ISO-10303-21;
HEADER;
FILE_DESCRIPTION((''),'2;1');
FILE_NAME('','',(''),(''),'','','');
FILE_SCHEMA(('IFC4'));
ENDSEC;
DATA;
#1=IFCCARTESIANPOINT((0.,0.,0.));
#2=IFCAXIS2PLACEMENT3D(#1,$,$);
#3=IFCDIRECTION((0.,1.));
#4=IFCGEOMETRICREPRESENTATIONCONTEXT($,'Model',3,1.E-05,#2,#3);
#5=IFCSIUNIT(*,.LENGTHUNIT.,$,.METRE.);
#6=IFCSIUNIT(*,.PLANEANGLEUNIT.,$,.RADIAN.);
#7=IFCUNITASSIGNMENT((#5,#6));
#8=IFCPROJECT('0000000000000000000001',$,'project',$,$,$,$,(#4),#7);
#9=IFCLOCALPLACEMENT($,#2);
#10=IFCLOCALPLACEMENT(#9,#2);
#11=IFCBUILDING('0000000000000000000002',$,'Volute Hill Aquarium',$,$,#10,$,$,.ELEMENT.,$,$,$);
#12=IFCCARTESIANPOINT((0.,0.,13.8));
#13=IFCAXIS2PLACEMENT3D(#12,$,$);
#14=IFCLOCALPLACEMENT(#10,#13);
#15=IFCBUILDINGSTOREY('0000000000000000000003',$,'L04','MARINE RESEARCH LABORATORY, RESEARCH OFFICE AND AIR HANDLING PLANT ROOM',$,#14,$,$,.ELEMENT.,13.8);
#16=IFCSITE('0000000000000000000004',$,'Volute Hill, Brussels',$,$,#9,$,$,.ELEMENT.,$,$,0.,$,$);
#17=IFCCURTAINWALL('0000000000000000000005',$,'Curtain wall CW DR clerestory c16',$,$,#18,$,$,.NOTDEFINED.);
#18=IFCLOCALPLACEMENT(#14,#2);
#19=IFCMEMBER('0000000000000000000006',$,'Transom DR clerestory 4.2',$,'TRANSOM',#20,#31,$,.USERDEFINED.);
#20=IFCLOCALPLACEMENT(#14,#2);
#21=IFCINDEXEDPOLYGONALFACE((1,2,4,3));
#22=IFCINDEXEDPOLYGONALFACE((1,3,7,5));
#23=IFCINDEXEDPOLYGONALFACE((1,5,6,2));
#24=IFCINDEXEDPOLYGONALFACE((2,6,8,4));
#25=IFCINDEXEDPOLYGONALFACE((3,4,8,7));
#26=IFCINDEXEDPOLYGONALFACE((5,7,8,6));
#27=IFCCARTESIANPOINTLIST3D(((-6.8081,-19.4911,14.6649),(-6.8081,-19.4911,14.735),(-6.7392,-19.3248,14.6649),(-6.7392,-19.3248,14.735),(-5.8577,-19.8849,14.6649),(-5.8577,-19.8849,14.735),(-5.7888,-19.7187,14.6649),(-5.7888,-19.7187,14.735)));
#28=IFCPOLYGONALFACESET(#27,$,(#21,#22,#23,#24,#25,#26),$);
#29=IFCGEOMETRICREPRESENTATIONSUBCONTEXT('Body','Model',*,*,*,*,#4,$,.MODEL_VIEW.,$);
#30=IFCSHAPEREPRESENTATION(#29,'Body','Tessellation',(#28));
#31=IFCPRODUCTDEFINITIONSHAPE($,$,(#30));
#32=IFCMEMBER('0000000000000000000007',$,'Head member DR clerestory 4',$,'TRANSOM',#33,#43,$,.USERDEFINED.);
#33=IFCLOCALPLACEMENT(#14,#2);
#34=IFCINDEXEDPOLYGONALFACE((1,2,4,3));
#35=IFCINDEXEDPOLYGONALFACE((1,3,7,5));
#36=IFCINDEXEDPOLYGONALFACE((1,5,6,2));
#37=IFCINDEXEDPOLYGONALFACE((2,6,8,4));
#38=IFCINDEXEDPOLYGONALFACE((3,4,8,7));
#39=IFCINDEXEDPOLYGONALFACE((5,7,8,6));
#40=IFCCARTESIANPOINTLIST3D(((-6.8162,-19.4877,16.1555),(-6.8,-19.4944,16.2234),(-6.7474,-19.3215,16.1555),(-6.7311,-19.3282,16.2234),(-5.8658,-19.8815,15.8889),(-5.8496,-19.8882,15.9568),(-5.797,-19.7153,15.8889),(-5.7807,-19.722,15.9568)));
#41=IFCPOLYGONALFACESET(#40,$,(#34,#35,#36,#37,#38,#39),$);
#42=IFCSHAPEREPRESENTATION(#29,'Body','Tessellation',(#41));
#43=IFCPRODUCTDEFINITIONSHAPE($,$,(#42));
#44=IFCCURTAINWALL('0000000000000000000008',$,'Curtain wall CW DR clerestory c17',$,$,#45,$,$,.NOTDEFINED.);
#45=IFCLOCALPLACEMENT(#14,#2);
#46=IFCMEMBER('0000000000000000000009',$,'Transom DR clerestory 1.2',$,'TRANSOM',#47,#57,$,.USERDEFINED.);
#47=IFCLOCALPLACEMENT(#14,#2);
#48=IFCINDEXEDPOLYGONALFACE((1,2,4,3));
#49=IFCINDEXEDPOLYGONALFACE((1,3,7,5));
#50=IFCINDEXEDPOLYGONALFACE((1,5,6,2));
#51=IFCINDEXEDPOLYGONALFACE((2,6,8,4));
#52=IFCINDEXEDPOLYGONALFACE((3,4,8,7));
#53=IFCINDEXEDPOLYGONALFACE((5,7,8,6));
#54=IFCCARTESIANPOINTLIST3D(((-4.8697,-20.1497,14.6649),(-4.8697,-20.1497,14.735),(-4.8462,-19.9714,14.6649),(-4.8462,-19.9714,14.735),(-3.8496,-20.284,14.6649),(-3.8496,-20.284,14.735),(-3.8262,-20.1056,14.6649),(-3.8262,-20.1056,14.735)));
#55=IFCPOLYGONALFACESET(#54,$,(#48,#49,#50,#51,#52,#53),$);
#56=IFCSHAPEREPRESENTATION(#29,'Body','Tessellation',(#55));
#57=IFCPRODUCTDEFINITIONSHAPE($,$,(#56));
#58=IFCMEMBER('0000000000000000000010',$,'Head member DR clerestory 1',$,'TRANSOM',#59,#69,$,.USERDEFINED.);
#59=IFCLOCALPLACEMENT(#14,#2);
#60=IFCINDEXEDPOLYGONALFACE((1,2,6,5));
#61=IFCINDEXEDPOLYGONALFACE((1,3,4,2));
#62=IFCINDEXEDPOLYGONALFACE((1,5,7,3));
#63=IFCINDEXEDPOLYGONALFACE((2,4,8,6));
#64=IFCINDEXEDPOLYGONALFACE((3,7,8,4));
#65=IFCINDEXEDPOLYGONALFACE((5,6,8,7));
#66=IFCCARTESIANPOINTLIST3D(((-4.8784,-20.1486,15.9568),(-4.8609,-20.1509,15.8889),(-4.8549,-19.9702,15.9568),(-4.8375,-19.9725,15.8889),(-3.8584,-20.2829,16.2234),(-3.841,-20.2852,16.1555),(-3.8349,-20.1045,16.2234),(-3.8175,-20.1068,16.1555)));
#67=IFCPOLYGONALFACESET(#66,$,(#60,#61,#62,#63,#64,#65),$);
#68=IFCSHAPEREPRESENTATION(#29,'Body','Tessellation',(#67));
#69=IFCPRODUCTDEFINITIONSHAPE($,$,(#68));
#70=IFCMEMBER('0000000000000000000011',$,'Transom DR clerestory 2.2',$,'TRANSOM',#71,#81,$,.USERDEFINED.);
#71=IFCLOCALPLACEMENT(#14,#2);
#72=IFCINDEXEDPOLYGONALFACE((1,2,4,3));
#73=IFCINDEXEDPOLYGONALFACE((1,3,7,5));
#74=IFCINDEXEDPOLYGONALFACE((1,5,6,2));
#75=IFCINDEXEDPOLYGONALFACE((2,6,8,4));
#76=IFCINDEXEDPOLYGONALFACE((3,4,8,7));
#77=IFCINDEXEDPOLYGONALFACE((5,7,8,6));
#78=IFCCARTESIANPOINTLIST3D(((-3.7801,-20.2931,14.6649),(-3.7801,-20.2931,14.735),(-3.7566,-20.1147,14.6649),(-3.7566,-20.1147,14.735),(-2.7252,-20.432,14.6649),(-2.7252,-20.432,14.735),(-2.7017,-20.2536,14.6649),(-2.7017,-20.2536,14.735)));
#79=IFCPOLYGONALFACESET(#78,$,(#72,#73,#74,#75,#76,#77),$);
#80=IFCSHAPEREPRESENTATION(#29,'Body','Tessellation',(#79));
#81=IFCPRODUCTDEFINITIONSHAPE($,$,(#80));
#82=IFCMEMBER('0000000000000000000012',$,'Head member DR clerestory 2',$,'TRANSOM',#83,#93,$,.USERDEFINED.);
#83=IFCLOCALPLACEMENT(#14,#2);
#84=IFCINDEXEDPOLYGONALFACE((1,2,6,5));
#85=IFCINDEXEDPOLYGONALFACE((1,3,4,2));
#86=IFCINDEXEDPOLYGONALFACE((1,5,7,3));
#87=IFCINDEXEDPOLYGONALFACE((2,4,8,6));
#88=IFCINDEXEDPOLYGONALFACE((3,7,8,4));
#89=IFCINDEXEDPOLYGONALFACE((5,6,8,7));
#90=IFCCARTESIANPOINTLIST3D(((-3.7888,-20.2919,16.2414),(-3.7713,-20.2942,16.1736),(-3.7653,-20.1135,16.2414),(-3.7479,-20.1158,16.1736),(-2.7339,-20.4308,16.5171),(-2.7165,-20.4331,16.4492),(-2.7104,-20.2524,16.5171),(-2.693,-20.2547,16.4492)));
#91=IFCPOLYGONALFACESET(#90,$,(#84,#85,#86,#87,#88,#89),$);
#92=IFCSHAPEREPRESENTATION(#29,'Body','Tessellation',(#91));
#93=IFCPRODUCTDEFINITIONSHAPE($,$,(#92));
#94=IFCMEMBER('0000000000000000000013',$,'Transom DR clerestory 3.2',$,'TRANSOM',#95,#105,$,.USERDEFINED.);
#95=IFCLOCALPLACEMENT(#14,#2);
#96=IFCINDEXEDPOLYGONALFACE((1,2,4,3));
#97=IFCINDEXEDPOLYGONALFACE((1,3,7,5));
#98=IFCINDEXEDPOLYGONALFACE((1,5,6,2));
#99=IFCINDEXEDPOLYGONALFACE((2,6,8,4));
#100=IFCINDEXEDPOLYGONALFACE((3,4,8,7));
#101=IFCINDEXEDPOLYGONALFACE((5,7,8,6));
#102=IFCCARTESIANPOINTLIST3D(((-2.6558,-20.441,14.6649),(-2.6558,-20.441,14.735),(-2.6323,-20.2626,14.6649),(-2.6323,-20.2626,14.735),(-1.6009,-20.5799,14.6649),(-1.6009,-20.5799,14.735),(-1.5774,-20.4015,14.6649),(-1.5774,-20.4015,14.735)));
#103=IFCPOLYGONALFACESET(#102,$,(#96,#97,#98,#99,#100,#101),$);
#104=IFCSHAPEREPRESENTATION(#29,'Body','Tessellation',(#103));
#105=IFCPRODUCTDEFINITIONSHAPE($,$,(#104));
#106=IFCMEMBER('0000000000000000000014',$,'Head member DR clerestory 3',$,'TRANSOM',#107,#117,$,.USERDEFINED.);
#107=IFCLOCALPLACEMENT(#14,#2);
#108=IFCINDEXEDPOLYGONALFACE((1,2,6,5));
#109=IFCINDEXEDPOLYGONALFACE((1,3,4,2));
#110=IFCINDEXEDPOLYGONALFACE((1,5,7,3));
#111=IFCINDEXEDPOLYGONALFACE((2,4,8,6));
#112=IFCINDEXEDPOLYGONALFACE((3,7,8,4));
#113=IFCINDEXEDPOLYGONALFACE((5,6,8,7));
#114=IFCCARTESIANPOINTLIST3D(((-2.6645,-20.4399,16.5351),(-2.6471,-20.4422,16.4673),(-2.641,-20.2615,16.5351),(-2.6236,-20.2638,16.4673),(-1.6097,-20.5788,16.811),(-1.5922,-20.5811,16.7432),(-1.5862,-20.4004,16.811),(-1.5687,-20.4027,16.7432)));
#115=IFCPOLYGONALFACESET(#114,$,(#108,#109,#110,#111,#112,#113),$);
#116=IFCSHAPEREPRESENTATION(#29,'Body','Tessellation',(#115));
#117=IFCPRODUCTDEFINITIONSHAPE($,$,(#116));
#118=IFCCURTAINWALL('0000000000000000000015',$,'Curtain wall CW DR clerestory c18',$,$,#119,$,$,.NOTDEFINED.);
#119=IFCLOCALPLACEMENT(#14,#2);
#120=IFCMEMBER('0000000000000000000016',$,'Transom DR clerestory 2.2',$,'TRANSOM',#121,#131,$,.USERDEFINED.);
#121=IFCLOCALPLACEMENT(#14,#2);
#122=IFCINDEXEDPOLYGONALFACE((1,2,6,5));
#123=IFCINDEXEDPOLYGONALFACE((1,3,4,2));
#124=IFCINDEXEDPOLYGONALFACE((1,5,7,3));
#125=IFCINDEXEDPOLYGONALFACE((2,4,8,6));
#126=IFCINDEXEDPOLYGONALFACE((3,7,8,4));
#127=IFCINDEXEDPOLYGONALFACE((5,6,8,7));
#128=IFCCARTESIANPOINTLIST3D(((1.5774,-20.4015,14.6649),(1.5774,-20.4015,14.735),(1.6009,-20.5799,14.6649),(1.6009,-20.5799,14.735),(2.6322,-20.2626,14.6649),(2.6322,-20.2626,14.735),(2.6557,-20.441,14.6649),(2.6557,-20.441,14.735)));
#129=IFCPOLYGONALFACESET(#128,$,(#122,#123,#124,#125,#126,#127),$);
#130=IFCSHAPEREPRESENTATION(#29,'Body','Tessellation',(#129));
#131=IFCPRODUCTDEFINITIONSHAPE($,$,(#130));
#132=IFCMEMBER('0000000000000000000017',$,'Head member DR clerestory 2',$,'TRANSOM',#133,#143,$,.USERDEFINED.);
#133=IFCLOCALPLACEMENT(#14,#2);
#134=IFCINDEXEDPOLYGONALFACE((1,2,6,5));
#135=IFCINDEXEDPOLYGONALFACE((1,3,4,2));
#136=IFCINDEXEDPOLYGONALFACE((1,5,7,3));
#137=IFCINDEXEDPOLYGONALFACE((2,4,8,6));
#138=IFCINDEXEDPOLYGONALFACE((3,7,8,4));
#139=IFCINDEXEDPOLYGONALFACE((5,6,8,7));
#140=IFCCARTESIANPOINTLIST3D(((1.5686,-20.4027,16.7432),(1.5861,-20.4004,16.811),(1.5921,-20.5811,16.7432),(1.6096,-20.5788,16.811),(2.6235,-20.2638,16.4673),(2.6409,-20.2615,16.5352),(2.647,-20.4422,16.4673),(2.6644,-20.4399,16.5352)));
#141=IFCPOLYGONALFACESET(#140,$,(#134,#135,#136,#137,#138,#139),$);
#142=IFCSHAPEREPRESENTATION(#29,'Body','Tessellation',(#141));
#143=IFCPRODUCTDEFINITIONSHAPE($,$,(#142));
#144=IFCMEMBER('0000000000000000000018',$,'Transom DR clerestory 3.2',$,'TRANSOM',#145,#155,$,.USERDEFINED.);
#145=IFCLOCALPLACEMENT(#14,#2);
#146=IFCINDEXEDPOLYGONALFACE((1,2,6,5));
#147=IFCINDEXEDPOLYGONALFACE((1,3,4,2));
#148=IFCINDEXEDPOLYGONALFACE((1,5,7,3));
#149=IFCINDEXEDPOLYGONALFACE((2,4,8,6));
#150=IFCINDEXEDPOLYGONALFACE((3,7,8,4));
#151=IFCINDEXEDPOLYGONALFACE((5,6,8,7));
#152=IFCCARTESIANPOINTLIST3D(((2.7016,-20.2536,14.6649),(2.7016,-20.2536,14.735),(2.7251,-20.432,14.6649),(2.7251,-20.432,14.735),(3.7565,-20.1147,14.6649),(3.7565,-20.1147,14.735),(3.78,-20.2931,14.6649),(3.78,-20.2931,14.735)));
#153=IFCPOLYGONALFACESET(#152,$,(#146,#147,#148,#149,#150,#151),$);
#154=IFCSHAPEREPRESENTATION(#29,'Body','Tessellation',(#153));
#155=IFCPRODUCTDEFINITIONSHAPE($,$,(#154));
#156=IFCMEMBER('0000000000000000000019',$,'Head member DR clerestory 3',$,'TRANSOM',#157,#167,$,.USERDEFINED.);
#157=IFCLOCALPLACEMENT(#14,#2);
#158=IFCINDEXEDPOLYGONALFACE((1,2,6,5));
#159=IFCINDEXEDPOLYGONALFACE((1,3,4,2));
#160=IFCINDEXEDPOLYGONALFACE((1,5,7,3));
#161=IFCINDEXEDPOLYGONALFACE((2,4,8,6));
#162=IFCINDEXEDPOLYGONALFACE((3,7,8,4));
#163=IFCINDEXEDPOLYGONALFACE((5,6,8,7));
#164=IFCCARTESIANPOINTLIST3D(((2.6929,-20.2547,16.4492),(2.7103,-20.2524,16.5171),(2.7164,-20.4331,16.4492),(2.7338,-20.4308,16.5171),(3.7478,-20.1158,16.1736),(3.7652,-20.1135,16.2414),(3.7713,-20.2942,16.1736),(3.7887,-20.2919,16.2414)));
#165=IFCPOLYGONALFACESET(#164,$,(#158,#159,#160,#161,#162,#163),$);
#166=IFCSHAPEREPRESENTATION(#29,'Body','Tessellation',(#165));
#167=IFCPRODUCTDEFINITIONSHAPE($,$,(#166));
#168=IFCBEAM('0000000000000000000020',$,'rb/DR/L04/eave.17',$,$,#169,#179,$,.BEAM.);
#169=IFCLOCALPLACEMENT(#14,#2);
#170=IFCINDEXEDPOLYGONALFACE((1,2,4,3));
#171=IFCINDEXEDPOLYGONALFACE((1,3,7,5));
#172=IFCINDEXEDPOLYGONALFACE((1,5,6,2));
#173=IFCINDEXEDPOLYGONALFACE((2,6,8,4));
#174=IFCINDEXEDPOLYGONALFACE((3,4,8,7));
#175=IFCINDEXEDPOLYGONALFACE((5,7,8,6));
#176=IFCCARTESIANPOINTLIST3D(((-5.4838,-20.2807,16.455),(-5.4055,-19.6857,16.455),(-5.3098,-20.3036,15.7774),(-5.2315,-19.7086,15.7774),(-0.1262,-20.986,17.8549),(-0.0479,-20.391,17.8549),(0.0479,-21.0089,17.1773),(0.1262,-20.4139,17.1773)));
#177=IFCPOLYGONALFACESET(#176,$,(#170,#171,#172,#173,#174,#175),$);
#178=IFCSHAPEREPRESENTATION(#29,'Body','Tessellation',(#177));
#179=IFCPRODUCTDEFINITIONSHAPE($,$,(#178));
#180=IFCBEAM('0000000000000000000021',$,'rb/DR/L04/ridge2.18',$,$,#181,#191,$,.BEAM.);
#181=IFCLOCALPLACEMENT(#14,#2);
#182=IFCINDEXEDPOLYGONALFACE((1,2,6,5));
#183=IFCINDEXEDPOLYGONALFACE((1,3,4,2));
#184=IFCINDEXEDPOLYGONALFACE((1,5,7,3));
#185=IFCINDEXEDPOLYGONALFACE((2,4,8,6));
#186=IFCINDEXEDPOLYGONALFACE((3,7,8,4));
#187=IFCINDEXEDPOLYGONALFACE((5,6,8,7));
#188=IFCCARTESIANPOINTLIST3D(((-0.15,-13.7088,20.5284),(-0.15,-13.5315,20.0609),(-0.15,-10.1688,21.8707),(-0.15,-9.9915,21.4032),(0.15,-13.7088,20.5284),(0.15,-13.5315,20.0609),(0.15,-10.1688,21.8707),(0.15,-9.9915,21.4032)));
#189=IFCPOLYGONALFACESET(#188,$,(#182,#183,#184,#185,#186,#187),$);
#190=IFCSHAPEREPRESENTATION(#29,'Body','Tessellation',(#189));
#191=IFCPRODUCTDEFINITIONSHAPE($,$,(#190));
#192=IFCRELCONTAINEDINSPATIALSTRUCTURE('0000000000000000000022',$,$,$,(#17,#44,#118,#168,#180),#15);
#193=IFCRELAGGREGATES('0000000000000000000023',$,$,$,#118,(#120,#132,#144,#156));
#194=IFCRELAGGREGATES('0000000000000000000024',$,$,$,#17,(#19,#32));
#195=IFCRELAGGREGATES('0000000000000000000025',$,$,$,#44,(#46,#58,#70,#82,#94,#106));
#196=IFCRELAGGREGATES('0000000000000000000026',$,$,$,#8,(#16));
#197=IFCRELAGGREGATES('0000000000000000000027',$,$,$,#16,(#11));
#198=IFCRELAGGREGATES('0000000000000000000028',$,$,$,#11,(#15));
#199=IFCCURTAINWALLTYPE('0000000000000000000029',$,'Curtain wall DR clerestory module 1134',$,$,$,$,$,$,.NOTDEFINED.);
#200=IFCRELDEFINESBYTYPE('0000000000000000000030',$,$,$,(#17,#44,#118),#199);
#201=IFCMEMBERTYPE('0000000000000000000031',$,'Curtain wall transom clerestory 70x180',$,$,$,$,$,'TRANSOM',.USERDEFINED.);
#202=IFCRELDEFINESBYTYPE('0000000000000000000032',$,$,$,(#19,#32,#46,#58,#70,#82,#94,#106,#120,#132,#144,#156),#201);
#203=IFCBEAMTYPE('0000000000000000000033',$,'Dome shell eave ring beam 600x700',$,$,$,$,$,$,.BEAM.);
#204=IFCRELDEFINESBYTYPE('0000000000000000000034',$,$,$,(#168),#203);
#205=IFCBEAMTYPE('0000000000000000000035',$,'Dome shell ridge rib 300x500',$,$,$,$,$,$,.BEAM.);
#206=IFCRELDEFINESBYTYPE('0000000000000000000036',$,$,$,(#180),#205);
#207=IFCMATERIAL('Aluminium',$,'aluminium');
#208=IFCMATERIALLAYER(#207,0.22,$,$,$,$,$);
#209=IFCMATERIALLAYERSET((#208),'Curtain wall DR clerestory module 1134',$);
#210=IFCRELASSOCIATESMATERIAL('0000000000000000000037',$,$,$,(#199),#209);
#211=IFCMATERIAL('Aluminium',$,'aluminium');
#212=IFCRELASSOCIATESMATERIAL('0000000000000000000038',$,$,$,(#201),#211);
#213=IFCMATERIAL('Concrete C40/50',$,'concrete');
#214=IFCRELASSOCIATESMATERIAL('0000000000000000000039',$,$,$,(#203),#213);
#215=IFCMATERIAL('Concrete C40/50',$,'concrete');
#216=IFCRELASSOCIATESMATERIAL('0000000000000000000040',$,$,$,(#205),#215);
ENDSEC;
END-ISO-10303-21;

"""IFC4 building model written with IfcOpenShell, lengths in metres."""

from ifc_helpers import new_model, si_unit, direction, frame, origin, origin_2d, place, context, subcontext, project, spatial, rectangle, extrude, material, layer, layer_set, material_profile, profile_set, type_object, element, aggregate, save


model = new_model("IFC4")

# Units and contexts
model_context = context("Model", 3, precision=1e-05, world=origin(), true_north=direction((0.0, 1.0)))
body_context = subcontext(model_context, "Body", "Model", "MODEL_VIEW")
ifc_project = project(units=[si_unit("LENGTHUNIT", "METRE"), si_unit("PLANEANGLEUNIT", "RADIAN")], contexts=[model_context])

# Site, building, storey
site_placement = place(None, origin())
site = spatial("IfcSite", under=ifc_project, at=site_placement, Name="Volute Hill, Brussels", CompositionType="ELEMENT", RefElevation=0.0)
building_placement = place(site_placement, origin())
building = spatial("IfcBuilding", under=site, at=building_placement, Name="Volute Hill Aquarium", CompositionType="ELEMENT")
storey_placement = place(building_placement, frame((0.0, 0.0, 13.8)))
storey = spatial("IfcBuildingStorey", under=building, at=storey_placement, Name="L04", Description="MARINE RESEARCH LABORATORY, RESEARCH OFFICE AND AIR HANDLING PLANT ROOM", CompositionType="ELEMENT", Elevation=13.8)

# Curtain walls, members
ifc_material_1 = material(Name="Aluminium", Category="aluminium")
ifc_layer_1 = layer(ifc_material_1, 0.22)
ifc_layer_set_1 = layer_set([ifc_layer_1], Name="Curtain wall DR clerestory module 1134")
curtain_wall_type = type_object("IfcCurtainWallType", Name="Curtain wall DR clerestory module 1134", PredefinedType="NOTDEFINED", material=ifc_layer_set_1)
curtain_wall_1_placement = place(storey_placement, origin())
curtain_wall_1 = element("IfcCurtainWall", 1, at=curtain_wall_1_placement, inside=storey, type_object=curtain_wall_type, Name="Curtain wall CW DR clerestory c16", PredefinedType="NOTDEFINED")
ifc_material_2 = material(Name="Aluminium", Category="aluminium")
ifc_material_profile_1 = material_profile(ifc_material_2, rectangle(XDim=0.1799, YDim=0.0701, at=origin_2d()), Name="Curtain wall transom clerestory 70x180")
ifc_profile_set_1 = profile_set([ifc_material_profile_1], Name="Aluminium")
member_type = type_object("IfcMemberType", Name="Curtain wall transom clerestory 70x180", ElementType="TRANSOM", PredefinedType="USERDEFINED", material=ifc_profile_set_1)
member_1_placement = place(storey_placement, frame((-6.7737, -19.408, 14.7), z_axis=(0.92384, -0.382778, 0.0), x_axis=(0.382778, 0.92384, 0.0)))
member_1 = element("IfcMember", 2, at=member_1_placement, type_object=member_type, Name="Transom DR clerestory 4.2", ObjectType="TRANSOM", PredefinedType="USERDEFINED", context=body_context, shape_type="SweptSolid", body=[
    extrude(rectangle(XDim=0.1799, YDim=0.0701, at=origin_2d()), origin(), (0.0, 0.0, 1.0), 1.0288),
])
member_2_placement = place(storey_placement, frame((-6.7737, -19.408, 16.1895), z_axis=(0.8943, -0.370539, -0.250854), x_axis=(0.382778, 0.92384, 0.0)))
member_2 = element("IfcMember", 3, at=member_2_placement, type_object=member_type, Name="Head member DR clerestory 4", ObjectType="TRANSOM", PredefinedType="USERDEFINED", context=body_context, shape_type="SweptSolid", body=[
    extrude(rectangle(XDim=0.1799, YDim=0.0701, at=origin_2d()), origin(), (0.0, 0.0, 1.0), 1.0627),
])
curtain_wall_2_placement = place(storey_placement, origin())
curtain_wall_2 = element("IfcCurtainWall", 4, at=curtain_wall_2_placement, inside=storey, type_object=curtain_wall_type, Name="Curtain wall CW DR clerestory c17", PredefinedType="NOTDEFINED")
member_3_placement = place(storey_placement, frame((-4.8579, -20.0605, 14.7), z_axis=(0.991446, -0.130516, 0.0), x_axis=(0.130516, 0.991446, 0.0)))
member_3 = element("IfcMember", 5, at=member_3_placement, type_object=member_type, Name="Transom DR clerestory 1.2", ObjectType="TRANSOM", PredefinedType="USERDEFINED", context=body_context, shape_type="SweptSolid", body=[
    extrude(rectangle(XDim=0.1799, YDim=0.0701, at=origin_2d()), origin(), (0.0, 0.0, 1.0), 1.0288),
])
member_4_placement = place(storey_placement, frame((-4.8579, -20.0605, 15.9229), z_axis=(0.959746, -0.126343, 0.250848), x_axis=(0.130516, 0.991446, 0.0)))
member_4 = element("IfcMember", 6, at=member_4_placement, type_object=member_type, Name="Head member DR clerestory 1", ObjectType="TRANSOM", PredefinedType="USERDEFINED", context=body_context, shape_type="SweptSolid", body=[
    extrude(rectangle(XDim=0.1799, YDim=0.0701, at=origin_2d()), origin(), (0.0, 0.0, 1.0), 1.0627),
])
member_5_placement = place(storey_placement, frame((-3.7683, -20.2039, 14.7), z_axis=(0.991441, -0.130555, 0.0), x_axis=(0.130555, 0.991441, 0.0)))
member_5 = element("IfcMember", 7, at=member_5_placement, type_object=member_type, Name="Transom DR clerestory 2.2", ObjectType="TRANSOM", PredefinedType="USERDEFINED", context=body_context, shape_type="SweptSolid", body=[
    extrude(rectangle(XDim=0.1799, YDim=0.0701, at=origin_2d()), origin(), (0.0, 0.0, 1.0), 1.064),
])
member_6_placement = place(storey_placement, frame((-3.7683, -20.2039, 16.2075), z_axis=(0.959762, -0.126384, 0.250769), x_axis=(0.130555, 0.991441, 0.0)))
member_6 = element("IfcMember", 8, at=member_6_placement, type_object=member_type, Name="Head member DR clerestory 2", ObjectType="TRANSOM", PredefinedType="USERDEFINED", context=body_context, shape_type="SweptSolid", body=[
    extrude(rectangle(XDim=0.1799, YDim=0.0701, at=origin_2d()), origin(), (0.0, 0.0, 1.0), 1.0991),
])
member_7_placement = place(storey_placement, frame((-2.644, -20.3518, 14.7), z_axis=(0.991441, -0.130555, 0.0), x_axis=(0.130555, 0.991441, 0.0)))
member_7 = element("IfcMember", 9, at=member_7_placement, type_object=member_type, Name="Transom DR clerestory 3.2", ObjectType="TRANSOM", PredefinedType="USERDEFINED", context=body_context, shape_type="SweptSolid", body=[
    extrude(rectangle(XDim=0.1799, YDim=0.0701, at=origin_2d()), origin(), (0.0, 0.0, 1.0), 1.064),
])
member_8_placement = place(storey_placement, frame((-2.644, -20.3518, 16.5012), z_axis=(0.959708, -0.126377, 0.250977), x_axis=(0.130555, 0.991441, 0.0)))
member_8 = element("IfcMember", 10, at=member_8_placement, type_object=member_type, Name="Head member DR clerestory 3", ObjectType="TRANSOM", PredefinedType="USERDEFINED", context=body_context, shape_type="SweptSolid", body=[
    extrude(rectangle(XDim=0.1799, YDim=0.0701, at=origin_2d()), origin(), (0.0, 0.0, 1.0), 1.0991),
])
curtain_wall_3_placement = place(storey_placement, origin())
curtain_wall_3 = element("IfcCurtainWall", 11, at=curtain_wall_3_placement, inside=storey, type_object=curtain_wall_type, Name="Curtain wall CW DR clerestory c18", PredefinedType="NOTDEFINED")
member_9_placement = place(storey_placement, frame((1.5891, -20.4907, 14.7), z_axis=(0.991441, 0.130555, 0.0), x_axis=(-0.130555, 0.991441, 0.0)))
member_9 = element("IfcMember", 12, at=member_9_placement, type_object=member_type, Name="Transom DR clerestory 2.2", ObjectType="TRANSOM", PredefinedType="USERDEFINED", context=body_context, shape_type="SweptSolid", body=[
    extrude(rectangle(XDim=0.1799, YDim=0.0701, at=origin_2d()), origin(), (0.0, 0.0, 1.0), 1.064),
])
member_10_placement = place(storey_placement, frame((1.5891, -20.4907, 16.7771), z_axis=(0.959708, 0.126377, -0.250977), x_axis=(-0.130555, 0.991441, 0.0)))
member_10 = element("IfcMember", 13, at=member_10_placement, type_object=member_type, Name="Head member DR clerestory 2", ObjectType="TRANSOM", PredefinedType="USERDEFINED", context=body_context, shape_type="SweptSolid", body=[
    extrude(rectangle(XDim=0.1799, YDim=0.0701, at=origin_2d()), origin(), (0.0, 0.0, 1.0), 1.0991),
])
member_11_placement = place(storey_placement, frame((2.7134, -20.3428, 14.7), z_axis=(0.991441, 0.130555, 0.0), x_axis=(-0.130555, 0.991441, 0.0)))
member_11 = element("IfcMember", 14, at=member_11_placement, type_object=member_type, Name="Transom DR clerestory 3.2", ObjectType="TRANSOM", PredefinedType="USERDEFINED", context=body_context, shape_type="SweptSolid", body=[
    extrude(rectangle(XDim=0.1799, YDim=0.0701, at=origin_2d()), origin(), (0.0, 0.0, 1.0), 1.064),
])
member_12_placement = place(storey_placement, frame((2.7134, -20.3428, 16.4832), z_axis=(0.959762, 0.126384, -0.250769), x_axis=(-0.130555, 0.991441, 0.0)))
member_12 = element("IfcMember", 15, at=member_12_placement, type_object=member_type, Name="Head member DR clerestory 3", ObjectType="TRANSOM", PredefinedType="USERDEFINED", context=body_context, shape_type="SweptSolid", body=[
    extrude(rectangle(XDim=0.1799, YDim=0.0701, at=origin_2d()), origin(), (0.0, 0.0, 1.0), 1.0991),
])
aggregate(curtain_wall_3, [member_9, member_10, member_11, member_12])

# Beams
ifc_material_3 = material(Name="Concrete C40/50", Category="concrete")
ifc_material_profile_2 = material_profile(ifc_material_3, rectangle(XDim=0.6001, YDim=0.7, at=origin_2d()), Name="RC beam 600x700")
ifc_profile_set_2 = profile_set([ifc_material_profile_2], Name="Concrete C40/50")
beam_type_1 = type_object("IfcBeamType", Name="Dome shell eave ring beam 600x700", PredefinedType="BEAM", material=ifc_profile_set_2)
beam_1_placement = place(storey_placement, frame((-5.3577, -19.9946, 16.1162), z_axis=(0.959764, -0.12635, 0.250776), x_axis=(0.130521, 0.991446, 0.0)))
element("IfcBeam", 16, at=beam_1_placement, inside=storey, type_object=beam_type_1, Name="rb/DR/L04/eave.17", PredefinedType="BEAM", context=body_context, shape_type="SweptSolid", body=[
    extrude(rectangle(XDim=0.6001, YDim=0.7, at=origin_2d()), origin(), (0.0, 0.0, 1.0), 5.5823),
])
ifc_material_4 = material(Name="Concrete C40/50", Category="concrete")
ifc_material_profile_3 = material_profile(ifc_material_4, rectangle(XDim=0.3, YDim=0.5, at=origin_2d()), Name="RC rib 300x500")
ifc_profile_set_3 = profile_set([ifc_material_profile_3], Name="Concrete C40/50")
beam_type_2 = type_object("IfcBeamType", Name="Dome shell ridge rib 300x500", PredefinedType="BEAM", material=ifc_profile_set_3)
beam_2_placement = place(storey_placement, frame((0.0, -13.6201, 20.2947), z_axis=(0.0, 0.93504, 0.354541), x_axis=(-1.0, 0.0, 0.0)))
element("IfcBeam", 17, at=beam_2_placement, inside=storey, type_object=beam_type_2, Name="rb/DR/L04/ridge2.18", PredefinedType="BEAM", context=body_context, shape_type="SweptSolid", body=[
    extrude(rectangle(XDim=0.3, YDim=0.5, at=origin_2d()), origin(), (0.0, 0.0, 1.0), 3.7859),
])

aggregate(curtain_wall_1, [member_1, member_2])
aggregate(curtain_wall_2, [member_3, member_4, member_5, member_6, member_7, member_8])

save(model, "model.ifc")
